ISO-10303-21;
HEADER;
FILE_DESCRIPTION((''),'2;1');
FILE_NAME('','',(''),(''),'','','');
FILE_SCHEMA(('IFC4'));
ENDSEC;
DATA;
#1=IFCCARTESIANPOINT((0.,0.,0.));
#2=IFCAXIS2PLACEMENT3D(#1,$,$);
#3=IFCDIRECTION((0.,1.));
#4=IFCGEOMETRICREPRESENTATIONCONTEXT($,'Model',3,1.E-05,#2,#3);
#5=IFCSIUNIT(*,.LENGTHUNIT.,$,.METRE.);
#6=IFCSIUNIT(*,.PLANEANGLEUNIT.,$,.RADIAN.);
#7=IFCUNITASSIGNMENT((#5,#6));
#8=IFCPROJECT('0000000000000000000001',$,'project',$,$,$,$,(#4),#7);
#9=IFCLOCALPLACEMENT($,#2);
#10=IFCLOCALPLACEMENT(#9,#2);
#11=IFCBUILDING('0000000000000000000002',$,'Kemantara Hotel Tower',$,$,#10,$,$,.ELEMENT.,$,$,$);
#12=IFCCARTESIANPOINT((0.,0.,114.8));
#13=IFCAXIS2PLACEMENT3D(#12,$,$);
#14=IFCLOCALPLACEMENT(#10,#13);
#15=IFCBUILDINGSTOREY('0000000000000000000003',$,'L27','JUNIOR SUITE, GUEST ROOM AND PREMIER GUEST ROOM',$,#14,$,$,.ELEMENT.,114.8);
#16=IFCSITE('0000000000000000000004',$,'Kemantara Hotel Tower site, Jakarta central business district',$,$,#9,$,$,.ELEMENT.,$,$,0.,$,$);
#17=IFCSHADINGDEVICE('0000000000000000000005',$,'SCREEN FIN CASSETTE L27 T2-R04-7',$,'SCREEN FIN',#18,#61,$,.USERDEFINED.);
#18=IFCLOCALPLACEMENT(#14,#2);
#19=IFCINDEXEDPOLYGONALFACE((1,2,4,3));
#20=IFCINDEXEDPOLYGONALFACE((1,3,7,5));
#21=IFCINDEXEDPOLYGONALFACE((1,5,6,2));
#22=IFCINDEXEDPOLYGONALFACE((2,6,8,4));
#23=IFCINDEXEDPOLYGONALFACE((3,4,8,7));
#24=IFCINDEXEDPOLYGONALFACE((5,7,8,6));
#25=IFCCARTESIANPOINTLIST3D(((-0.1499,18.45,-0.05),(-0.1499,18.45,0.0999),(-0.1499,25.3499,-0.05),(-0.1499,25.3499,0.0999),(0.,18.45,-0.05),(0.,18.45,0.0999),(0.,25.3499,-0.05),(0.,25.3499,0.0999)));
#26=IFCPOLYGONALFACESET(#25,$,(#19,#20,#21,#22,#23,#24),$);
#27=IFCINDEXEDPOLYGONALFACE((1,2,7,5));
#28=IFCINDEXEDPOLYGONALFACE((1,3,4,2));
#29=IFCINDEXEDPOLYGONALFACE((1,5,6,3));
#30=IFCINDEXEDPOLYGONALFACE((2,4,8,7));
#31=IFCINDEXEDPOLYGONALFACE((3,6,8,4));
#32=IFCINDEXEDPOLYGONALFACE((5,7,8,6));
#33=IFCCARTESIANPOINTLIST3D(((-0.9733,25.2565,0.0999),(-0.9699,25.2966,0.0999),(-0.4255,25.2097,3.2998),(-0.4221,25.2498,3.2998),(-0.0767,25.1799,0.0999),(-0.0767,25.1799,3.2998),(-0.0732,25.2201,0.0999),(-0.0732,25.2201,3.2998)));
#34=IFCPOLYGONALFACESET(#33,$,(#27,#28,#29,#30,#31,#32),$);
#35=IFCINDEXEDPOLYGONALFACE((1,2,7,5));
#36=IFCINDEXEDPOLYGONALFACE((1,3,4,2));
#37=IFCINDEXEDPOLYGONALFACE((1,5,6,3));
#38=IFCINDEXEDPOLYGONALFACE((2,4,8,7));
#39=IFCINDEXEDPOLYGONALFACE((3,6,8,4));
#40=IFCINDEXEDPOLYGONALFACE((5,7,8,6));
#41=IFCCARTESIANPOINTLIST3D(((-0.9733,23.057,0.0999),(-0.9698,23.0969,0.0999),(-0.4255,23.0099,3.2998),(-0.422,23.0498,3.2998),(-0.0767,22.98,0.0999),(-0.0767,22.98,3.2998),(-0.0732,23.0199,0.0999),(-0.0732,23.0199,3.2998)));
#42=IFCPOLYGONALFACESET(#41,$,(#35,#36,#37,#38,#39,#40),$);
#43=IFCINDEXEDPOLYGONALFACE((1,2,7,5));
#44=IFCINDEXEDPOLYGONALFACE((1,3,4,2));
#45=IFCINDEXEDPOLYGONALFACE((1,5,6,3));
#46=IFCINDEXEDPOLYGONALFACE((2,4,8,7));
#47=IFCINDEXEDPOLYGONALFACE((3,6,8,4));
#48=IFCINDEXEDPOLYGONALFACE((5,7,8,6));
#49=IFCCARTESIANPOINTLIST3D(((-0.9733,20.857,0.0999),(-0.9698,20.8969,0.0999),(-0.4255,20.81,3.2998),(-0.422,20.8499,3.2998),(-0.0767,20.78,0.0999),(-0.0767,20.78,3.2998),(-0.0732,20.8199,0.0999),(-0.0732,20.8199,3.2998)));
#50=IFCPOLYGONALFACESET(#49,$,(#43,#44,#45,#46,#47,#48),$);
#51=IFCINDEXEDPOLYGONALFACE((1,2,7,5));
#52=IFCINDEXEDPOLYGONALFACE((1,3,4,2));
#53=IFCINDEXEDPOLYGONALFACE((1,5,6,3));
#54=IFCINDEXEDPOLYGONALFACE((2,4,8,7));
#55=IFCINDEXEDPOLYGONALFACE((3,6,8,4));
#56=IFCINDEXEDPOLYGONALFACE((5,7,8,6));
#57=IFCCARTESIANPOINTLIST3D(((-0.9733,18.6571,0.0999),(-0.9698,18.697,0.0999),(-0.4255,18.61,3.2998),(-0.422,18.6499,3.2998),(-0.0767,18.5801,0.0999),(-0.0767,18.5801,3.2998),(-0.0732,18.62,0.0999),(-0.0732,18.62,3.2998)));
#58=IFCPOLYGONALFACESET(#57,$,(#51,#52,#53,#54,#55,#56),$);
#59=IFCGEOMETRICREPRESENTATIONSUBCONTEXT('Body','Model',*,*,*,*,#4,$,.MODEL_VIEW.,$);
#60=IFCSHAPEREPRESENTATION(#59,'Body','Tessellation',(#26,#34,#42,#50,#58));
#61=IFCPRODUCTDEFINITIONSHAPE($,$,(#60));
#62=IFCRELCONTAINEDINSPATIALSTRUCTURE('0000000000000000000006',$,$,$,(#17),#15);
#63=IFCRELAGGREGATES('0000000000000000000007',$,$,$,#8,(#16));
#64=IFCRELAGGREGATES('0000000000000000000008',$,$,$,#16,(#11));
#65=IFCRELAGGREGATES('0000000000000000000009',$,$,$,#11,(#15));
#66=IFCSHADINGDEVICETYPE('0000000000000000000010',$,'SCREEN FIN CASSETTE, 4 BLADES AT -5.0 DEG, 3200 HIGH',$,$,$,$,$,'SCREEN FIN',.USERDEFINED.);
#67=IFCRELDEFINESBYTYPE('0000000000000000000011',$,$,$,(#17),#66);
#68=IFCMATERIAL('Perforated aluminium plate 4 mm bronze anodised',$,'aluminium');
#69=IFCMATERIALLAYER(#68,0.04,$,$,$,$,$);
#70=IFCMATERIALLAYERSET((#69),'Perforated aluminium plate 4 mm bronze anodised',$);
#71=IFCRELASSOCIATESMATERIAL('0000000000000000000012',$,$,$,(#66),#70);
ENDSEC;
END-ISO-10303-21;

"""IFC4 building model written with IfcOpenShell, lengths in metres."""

from ifc_helpers import new_model, si_unit, direction, frame, origin, origin_2d, place, context, subcontext, project, spatial, polyline, rectangle, outline, extrude, source, transform, mapped, material, layer, layer_set, type_object, element, save


model = new_model("IFC4")

# Units and contexts
model_context = context("Model", 3, precision=1e-05, world=origin(), true_north=direction((0.0, 1.0)))
body_context = subcontext(model_context, "Body", "Model", "MODEL_VIEW")
ifc_project = project(units=[si_unit("LENGTHUNIT", "METRE"), si_unit("PLANEANGLEUNIT", "RADIAN")], contexts=[model_context])

# Site, building, storey
site_placement = place(None, origin())
site = spatial("IfcSite", under=ifc_project, at=site_placement, Name="Kemantara Hotel Tower site, Jakarta central business district", CompositionType="ELEMENT", RefElevation=0.0)
building_placement = place(site_placement, origin())
building = spatial("IfcBuilding", under=site, at=building_placement, Name="Kemantara Hotel Tower", CompositionType="ELEMENT")
storey_placement = place(building_placement, frame((0.0, 0.0, 114.8)))
storey = spatial("IfcBuildingStorey", under=building, at=storey_placement, Name="L27", Description="JUNIOR SUITE, GUEST ROOM AND PREMIER GUEST ROOM", CompositionType="ELEMENT", Elevation=114.8)

# Shading device
ifc_material_1 = material(Name="Perforated aluminium plate 4 mm bronze anodised", Category="aluminium")
ifc_layer_1 = layer(ifc_material_1, 0.04)
ifc_layer_set_1 = layer_set([ifc_layer_1], Name="Perforated aluminium plate 4 mm bronze anodised")
shading_device_type_1 = type_object("IfcShadingDeviceType", Name="SCREEN FIN CASSETTE, 4 BLADES AT -5.0 DEG, 3200 HIGH", ElementType="SCREEN FIN", PredefinedType="USERDEFINED", material=ifc_layer_set_1)
shared_shape_1 = source(origin(), body_context, "Body", "SweptSolid", [
    extrude(rectangle(XDim=6.8999, YDim=0.1499, at=origin_2d()), frame((3.3, -0.075, -0.1499), z_axis=(0.0, 0.0, 1.0), x_axis=(1.0, 0.0, 0.0)), (0.0, 0.0, 1.0), 0.1499),
    extrude(outline(polyline([(0.0, 0.0), (0.8999, 0.0), (0.3501, 3.2), (0.0, 3.2), (0.0, 0.0)])), frame((0.02, -0.0767, 0.0), z_axis=(-0.996376, 0.085056, 0.0), x_axis=(-0.085056, -0.996376, 0.0)), (0.0, 0.0, 1.0), 0.0403),
    extrude(outline(polyline([(0.0, 0.0), (0.8999, 0.0), (0.3501, 3.2), (0.0, 3.2), (0.0, 0.0)])), frame((2.22, -0.0767, 0.0), z_axis=(-0.996332, 0.085575, 0.0), x_axis=(-0.085575, -0.996332, 0.0)), (0.0, 0.0, 1.0), 0.04),
    extrude(outline(polyline([(0.0, 0.0), (0.8999, 0.0), (0.3501, 3.2), (0.0, 3.2), (0.0, 0.0)])), frame((4.4199, -0.0767, 0.0), z_axis=(-0.996332, 0.085575, 0.0), x_axis=(-0.085575, -0.996332, 0.0)), (0.0, 0.0, 1.0), 0.04),
    extrude(outline(polyline([(0.0, 0.0), (0.8999, 0.0), (0.3501, 3.2), (0.0, 3.2), (0.0, 0.0)])), frame((6.6199, -0.0767, 0.0), z_axis=(-0.996332, 0.085575, 0.0), x_axis=(-0.085575, -0.996332, 0.0)), (0.0, 0.0, 1.0), 0.04),
])
shading_device_1_placement = place(storey_placement, frame((0.0, 25.2, 0.0999), z_axis=(0.0, 0.0, 1.0), x_axis=(0.0, -1.0, 0.0)))
element("IfcShadingDevice", 1, at=shading_device_1_placement, inside=storey, type_object=shading_device_type_1, Name="SCREEN FIN CASSETTE L27 T2-R04-7", ObjectType="SCREEN FIN", PredefinedType="USERDEFINED", context=body_context, shape_type="MappedRepresentation", body=[
    mapped(shared_shape_1, transform((0.0, 0.0, 0.0))),
])

save(model, "model.ifc")
